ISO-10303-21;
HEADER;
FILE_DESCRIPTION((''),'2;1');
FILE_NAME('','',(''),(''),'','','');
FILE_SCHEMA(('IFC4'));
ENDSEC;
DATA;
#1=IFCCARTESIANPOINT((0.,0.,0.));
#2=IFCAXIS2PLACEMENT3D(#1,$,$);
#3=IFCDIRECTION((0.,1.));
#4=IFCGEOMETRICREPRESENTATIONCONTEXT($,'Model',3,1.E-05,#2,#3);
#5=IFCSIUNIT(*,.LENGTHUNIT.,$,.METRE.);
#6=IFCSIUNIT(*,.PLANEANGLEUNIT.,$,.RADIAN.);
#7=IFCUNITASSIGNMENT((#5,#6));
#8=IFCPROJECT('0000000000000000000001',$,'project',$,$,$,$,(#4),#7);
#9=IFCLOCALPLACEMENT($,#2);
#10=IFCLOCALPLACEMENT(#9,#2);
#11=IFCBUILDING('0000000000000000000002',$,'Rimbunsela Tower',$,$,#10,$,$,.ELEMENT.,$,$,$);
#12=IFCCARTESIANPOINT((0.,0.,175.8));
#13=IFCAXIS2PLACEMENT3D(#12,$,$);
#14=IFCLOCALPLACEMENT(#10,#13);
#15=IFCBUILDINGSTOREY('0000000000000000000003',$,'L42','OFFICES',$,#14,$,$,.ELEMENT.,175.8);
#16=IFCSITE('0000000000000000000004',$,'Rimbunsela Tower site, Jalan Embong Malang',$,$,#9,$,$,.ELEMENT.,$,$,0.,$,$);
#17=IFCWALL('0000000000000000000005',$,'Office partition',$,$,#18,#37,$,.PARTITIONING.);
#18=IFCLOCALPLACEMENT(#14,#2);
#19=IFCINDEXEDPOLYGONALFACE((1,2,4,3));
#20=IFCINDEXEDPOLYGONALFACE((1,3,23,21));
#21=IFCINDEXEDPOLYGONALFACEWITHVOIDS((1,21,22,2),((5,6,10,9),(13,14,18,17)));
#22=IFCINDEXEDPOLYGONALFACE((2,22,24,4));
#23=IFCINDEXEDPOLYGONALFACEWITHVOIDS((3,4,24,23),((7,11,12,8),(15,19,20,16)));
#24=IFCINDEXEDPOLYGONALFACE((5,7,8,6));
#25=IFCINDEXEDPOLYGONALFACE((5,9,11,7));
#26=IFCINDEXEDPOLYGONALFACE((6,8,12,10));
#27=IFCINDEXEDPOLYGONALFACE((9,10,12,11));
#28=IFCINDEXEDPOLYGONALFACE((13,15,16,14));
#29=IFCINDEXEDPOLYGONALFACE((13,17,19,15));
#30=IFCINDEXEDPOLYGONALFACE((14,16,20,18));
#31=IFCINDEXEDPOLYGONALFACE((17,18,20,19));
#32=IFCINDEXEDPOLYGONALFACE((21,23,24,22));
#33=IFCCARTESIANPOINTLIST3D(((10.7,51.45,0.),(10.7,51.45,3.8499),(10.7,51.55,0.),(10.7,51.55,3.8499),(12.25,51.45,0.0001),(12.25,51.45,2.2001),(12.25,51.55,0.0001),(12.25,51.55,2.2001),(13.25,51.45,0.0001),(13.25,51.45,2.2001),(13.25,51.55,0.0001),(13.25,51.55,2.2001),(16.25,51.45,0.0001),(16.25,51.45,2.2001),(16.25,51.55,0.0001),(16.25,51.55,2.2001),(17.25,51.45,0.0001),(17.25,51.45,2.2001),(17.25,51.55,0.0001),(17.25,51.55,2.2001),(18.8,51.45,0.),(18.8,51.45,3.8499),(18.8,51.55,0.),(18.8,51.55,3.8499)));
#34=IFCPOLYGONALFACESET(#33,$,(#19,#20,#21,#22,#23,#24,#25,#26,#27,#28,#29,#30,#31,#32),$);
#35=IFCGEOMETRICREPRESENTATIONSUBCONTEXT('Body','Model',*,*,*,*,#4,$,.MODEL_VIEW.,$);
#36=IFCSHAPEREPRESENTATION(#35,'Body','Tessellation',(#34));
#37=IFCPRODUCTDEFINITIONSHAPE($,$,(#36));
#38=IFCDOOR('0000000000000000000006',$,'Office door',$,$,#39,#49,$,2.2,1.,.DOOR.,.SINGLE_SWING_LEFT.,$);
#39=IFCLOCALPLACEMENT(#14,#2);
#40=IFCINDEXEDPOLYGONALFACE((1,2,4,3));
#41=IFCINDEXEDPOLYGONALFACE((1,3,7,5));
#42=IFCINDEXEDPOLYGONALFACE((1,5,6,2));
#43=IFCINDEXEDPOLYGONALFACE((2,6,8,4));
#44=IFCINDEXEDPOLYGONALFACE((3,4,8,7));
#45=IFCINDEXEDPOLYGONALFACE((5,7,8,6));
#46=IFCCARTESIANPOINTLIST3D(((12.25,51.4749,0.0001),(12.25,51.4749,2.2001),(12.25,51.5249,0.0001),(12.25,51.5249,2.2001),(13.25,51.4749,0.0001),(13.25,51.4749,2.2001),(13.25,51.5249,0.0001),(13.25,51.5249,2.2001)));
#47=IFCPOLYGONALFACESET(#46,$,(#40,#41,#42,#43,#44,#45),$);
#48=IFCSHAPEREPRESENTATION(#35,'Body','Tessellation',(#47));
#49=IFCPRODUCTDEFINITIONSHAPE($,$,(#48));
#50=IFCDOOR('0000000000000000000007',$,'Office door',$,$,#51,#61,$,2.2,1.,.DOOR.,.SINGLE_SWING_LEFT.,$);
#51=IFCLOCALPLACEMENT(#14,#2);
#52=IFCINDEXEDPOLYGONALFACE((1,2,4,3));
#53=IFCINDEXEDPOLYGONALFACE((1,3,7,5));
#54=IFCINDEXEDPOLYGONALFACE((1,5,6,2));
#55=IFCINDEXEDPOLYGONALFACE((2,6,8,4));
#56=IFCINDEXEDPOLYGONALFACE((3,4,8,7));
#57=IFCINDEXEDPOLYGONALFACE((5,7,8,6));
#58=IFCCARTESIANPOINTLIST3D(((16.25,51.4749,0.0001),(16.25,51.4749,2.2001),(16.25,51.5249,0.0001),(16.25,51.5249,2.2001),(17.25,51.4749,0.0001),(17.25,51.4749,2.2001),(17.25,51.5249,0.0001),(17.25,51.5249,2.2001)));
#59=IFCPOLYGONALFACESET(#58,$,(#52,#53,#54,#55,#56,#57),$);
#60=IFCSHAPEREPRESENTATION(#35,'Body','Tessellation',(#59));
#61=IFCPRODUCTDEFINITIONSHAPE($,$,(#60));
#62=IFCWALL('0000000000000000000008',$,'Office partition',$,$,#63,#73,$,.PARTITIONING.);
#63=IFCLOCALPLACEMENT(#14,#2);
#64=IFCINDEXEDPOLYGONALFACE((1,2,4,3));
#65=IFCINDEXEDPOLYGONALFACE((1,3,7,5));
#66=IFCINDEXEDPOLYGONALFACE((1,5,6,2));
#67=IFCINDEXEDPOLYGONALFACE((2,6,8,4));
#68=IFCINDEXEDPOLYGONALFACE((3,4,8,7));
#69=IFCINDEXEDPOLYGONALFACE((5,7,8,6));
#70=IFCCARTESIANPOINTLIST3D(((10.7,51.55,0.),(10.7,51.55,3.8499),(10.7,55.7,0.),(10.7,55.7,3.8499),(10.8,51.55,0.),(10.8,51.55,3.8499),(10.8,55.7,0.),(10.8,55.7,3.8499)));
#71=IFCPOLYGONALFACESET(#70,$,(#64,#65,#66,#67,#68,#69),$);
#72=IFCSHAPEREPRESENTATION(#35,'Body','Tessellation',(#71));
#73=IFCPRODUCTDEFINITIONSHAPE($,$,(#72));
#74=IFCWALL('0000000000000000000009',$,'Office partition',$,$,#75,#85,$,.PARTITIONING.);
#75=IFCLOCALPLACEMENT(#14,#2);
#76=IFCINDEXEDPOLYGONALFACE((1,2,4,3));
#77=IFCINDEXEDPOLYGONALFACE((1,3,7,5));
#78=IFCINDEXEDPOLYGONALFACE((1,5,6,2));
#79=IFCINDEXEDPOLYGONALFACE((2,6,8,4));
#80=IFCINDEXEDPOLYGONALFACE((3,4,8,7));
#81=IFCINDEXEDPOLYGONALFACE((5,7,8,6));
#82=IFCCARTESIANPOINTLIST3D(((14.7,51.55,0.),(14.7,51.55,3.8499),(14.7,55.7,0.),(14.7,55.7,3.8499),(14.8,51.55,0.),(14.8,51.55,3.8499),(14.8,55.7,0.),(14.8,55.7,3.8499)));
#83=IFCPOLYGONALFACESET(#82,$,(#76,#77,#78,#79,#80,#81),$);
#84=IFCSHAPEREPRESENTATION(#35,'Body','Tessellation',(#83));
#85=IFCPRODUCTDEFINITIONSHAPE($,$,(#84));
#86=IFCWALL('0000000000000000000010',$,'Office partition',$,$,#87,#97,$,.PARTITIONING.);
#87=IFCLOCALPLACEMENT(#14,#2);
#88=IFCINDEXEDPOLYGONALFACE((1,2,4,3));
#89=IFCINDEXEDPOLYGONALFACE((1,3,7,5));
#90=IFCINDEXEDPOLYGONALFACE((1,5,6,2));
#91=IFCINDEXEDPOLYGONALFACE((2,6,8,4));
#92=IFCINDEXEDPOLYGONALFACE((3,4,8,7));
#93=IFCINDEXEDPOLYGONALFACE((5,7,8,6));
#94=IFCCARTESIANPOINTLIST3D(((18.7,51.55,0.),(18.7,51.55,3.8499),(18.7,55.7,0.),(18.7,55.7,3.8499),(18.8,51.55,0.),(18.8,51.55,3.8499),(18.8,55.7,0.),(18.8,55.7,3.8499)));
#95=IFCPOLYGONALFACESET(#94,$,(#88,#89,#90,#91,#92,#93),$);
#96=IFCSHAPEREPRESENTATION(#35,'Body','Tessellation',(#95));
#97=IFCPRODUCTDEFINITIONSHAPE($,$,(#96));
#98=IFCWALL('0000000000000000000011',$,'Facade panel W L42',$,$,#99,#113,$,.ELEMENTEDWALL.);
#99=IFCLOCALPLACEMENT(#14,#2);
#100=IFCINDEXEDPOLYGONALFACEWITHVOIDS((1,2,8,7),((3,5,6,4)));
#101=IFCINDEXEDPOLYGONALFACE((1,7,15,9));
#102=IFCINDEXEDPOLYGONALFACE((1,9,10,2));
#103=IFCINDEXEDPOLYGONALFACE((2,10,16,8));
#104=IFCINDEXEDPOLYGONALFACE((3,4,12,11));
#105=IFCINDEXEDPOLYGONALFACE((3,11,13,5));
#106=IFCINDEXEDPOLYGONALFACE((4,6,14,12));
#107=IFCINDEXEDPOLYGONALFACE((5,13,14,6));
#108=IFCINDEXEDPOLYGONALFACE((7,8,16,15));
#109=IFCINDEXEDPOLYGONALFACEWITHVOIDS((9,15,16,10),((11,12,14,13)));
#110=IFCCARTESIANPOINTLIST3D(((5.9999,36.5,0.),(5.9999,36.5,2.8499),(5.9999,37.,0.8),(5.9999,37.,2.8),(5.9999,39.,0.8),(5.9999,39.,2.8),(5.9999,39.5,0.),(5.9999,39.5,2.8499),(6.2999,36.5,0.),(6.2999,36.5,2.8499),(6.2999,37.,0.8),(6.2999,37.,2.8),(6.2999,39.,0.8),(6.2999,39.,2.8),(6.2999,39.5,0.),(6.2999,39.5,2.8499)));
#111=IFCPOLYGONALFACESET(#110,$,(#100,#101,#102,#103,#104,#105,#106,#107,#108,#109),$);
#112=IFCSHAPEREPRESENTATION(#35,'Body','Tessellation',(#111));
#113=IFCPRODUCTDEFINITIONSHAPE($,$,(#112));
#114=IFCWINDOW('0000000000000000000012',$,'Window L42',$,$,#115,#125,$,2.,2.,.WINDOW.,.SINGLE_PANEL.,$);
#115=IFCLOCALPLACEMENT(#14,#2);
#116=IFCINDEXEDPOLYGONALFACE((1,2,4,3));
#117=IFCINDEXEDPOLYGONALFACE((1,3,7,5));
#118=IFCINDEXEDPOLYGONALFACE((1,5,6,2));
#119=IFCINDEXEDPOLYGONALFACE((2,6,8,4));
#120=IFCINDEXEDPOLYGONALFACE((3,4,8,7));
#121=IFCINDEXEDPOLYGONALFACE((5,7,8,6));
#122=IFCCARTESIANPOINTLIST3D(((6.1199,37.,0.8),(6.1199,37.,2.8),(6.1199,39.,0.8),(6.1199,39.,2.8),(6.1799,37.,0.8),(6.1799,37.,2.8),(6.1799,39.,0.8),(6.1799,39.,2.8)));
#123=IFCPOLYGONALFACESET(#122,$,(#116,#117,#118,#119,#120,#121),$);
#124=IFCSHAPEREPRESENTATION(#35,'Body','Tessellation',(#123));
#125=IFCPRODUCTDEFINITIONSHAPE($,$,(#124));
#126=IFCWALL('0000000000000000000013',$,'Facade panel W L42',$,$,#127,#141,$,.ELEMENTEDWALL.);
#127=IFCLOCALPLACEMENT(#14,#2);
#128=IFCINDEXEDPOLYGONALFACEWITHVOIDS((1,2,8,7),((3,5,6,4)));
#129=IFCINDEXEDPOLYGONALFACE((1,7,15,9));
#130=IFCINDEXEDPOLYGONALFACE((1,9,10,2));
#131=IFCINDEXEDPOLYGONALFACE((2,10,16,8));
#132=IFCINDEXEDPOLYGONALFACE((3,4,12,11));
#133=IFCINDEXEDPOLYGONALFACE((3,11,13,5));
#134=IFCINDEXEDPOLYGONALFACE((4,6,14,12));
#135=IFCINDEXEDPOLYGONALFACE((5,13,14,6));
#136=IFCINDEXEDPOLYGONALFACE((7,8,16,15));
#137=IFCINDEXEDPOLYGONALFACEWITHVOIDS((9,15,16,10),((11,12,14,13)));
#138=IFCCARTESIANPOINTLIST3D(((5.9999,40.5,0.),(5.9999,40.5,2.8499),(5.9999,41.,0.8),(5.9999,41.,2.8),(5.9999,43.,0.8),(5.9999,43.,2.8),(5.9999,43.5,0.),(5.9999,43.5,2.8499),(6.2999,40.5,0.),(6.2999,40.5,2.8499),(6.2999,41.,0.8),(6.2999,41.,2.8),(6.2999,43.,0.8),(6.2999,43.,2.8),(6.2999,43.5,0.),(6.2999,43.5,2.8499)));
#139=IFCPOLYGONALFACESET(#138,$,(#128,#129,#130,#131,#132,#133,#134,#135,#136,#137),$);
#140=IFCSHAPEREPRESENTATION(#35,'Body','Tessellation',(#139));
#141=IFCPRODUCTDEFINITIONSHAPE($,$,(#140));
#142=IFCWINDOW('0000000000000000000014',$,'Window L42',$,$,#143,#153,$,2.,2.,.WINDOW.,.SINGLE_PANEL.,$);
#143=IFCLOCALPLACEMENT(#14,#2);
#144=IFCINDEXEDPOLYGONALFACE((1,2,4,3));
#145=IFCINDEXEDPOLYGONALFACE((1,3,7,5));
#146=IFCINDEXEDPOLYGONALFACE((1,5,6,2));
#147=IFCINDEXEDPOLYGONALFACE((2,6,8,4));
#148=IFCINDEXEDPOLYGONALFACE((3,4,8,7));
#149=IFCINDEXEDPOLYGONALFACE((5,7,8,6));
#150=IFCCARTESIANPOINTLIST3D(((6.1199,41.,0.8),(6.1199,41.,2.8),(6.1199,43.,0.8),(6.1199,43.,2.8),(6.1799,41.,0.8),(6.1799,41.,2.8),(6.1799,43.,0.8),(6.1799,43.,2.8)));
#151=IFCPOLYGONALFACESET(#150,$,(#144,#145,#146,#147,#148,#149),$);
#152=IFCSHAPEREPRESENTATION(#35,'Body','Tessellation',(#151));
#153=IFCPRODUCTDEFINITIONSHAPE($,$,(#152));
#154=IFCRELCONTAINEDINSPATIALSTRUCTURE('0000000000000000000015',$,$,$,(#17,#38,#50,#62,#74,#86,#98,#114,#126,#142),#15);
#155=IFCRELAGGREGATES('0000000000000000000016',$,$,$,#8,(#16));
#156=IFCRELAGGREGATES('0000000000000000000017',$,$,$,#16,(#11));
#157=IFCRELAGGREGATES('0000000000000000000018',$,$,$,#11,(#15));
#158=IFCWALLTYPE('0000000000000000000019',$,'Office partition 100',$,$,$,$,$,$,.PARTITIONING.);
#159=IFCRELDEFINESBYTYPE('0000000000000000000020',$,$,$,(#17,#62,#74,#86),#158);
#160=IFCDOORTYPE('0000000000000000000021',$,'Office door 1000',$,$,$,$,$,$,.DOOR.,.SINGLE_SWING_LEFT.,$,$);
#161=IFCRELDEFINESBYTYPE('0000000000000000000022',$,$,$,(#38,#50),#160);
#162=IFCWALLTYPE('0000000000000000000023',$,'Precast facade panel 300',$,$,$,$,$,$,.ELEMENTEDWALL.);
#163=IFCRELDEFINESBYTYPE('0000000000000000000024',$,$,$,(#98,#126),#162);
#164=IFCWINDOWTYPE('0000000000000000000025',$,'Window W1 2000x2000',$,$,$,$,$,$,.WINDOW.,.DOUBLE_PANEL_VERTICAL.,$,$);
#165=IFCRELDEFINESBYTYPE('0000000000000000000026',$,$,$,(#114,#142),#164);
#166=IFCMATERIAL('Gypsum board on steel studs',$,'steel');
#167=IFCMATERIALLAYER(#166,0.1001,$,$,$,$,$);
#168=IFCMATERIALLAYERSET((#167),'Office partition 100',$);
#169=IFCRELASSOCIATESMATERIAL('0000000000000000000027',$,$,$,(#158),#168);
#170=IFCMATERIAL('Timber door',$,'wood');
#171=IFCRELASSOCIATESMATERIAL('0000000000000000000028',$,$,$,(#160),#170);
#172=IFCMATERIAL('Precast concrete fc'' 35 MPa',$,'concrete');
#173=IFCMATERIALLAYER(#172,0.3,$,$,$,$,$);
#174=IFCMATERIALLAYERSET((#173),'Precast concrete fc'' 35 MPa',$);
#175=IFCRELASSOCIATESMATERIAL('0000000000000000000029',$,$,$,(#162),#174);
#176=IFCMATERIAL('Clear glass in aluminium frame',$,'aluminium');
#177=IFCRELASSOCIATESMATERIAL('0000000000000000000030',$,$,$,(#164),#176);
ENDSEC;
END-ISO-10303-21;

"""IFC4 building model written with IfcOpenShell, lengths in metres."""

from ifc_helpers import new_model, si_unit, direction, frame, frame_2d, origin, place, context, subcontext, project, spatial, rectangle, extrude, material, layer, layer_set, type_object, element, fill, save


model = new_model("IFC4")

# Units and contexts
model_context = context("Model", 3, precision=1e-05, world=origin(), true_north=direction((0.0, 1.0)))
body_context = subcontext(model_context, "Body", "Model", "MODEL_VIEW")
ifc_project = project(units=[si_unit("LENGTHUNIT", "METRE"), si_unit("PLANEANGLEUNIT", "RADIAN")], contexts=[model_context])

# Site, building, storey
site_placement = place(None, origin())
site = spatial("IfcSite", under=ifc_project, at=site_placement, Name="Rimbunsela Tower site, Jalan Embong Malang", CompositionType="ELEMENT", RefElevation=0.0)
building_placement = place(site_placement, origin())
building = spatial("IfcBuilding", under=site, at=building_placement, Name="Rimbunsela Tower", CompositionType="ELEMENT")
storey_placement = place(building_placement, frame((0.0, 0.0, 175.8)))
storey = spatial("IfcBuildingStorey", under=building, at=storey_placement, Name="L42", Description="OFFICES", CompositionType="ELEMENT", Elevation=175.8)

# Shared definitions
ifc_material_1 = material(Name="Gypsum board on steel studs", Category="steel")
ifc_layer_1 = layer(ifc_material_1, 0.1001)
ifc_layer_set_1 = layer_set([ifc_layer_1], Name="Office partition 100")
wall_type_1 = type_object("IfcWallType", Name="Office partition 100", PredefinedType="PARTITIONING", material=ifc_layer_set_1)
ifc_material_2 = material(Name="Timber door", Category="wood")
door_type = type_object("IfcDoorType", Name="Office door 1000", OperationType="SINGLE_SWING_LEFT", PredefinedType="DOOR", material=ifc_material_2)

# Wall, openings, doors
wall_1_placement = place(storey_placement, frame((10.7, 51.5, 0.0), z_axis=(0.0, 0.0, 1.0), x_axis=(1.0, 0.0, 0.0)))
wall_1 = element("IfcWall", 1, at=wall_1_placement, inside=storey, type_object=wall_type_1, Name="Office partition", PredefinedType="PARTITIONING", context=body_context, shape_type="SweptSolid", body=[
    extrude(rectangle(XDim=8.1001, YDim=0.1001, at=frame_2d((4.05, 0.0))), origin(), (0.0, 0.0, 1.0), 3.8499),
])
opening_1_placement = place(wall_1_placement, frame((1.55, 0.0, 0.0)))
opening_1 = element("IfcOpeningElement", 2, at=opening_1_placement, cuts=wall_1, PredefinedType="OPENING", context=body_context, shape_type="SweptSolid", body=[
    extrude(rectangle(XDim=1.0, YDim=2.2, at=frame_2d((0.5, 1.1001))), frame((0.0, 0.0601, 0.0), z_axis=(0.0, -1.0, 0.0), x_axis=(1.0, 0.0, 0.0)), (0.0, 0.0, 1.0), 0.1201),
])
opening_2_placement = place(wall_1_placement, frame((5.55, 0.0, 0.0)))
opening_2 = element("IfcOpeningElement", 3, at=opening_2_placement, cuts=wall_1, PredefinedType="OPENING", context=body_context, shape_type="SweptSolid", body=[
    extrude(rectangle(XDim=1.0, YDim=2.2, at=frame_2d((0.5, 1.1001))), frame((0.0, 0.0601, 0.0), z_axis=(0.0, -1.0, 0.0), x_axis=(1.0, 0.0, 0.0)), (0.0, 0.0, 1.0), 0.1201),
])
door_1_placement = place(opening_1_placement, origin())
door_1 = element("IfcDoor", 4, at=door_1_placement, inside=storey, type_object=door_type, Name="Office door", OperationType="SINGLE_SWING_LEFT", OverallHeight=2.2, OverallWidth=1.0, PredefinedType="DOOR", context=body_context, shape_type="SweptSolid", body=[
    extrude(rectangle(XDim=1.0, YDim=2.2, at=frame_2d((0.5, 1.1001))), frame((0.0, 0.0249, 0.0), z_axis=(0.0, -1.0, 0.0), x_axis=(1.0, 0.0, 0.0)), (0.0, 0.0, 1.0), 0.05),
])
fill(opening_1, door_1)
door_2_placement = place(opening_2_placement, origin())
door_2 = element("IfcDoor", 5, at=door_2_placement, inside=storey, type_object=door_type, Name="Office door", OperationType="SINGLE_SWING_LEFT", OverallHeight=2.2, OverallWidth=1.0, PredefinedType="DOOR", context=body_context, shape_type="SweptSolid", body=[
    extrude(rectangle(XDim=1.0, YDim=2.2, at=frame_2d((0.5, 1.1001))), frame((0.0, 0.0249, 0.0), z_axis=(0.0, -1.0, 0.0), x_axis=(1.0, 0.0, 0.0)), (0.0, 0.0, 1.0), 0.05),
])
fill(opening_2, door_2)

# Walls
for number, where, z_axis, x_axis, name in (
    (6, (10.75, 51.55, 0.0), (0.0, 0.0, 1.0), (0.0, 1.0, 0.0), "Office partition"),
    (7, (14.75, 51.55, 0.0), (0.0, 0.0, 1.0), (0.0, 1.0, 0.0), "Office partition"),
    (8, (18.75, 51.55, 0.0), (0.0, 0.0, 1.0), (0.0, 1.0, 0.0), "Office partition"),
):
    element("IfcWall", number, at=place(storey_placement, frame(where, z_axis=z_axis, x_axis=x_axis)), inside=storey, type_object=wall_type_1, Name=name, PredefinedType="PARTITIONING", context=body_context, shape_type="SweptSolid", body=[
        extrude(rectangle(XDim=4.1499, YDim=0.1001, at=frame_2d((2.075, 0.0))), origin(), (0.0, 0.0, 1.0), 3.8499),
    ])

# Walls, openings, windows
ifc_material_3 = material(Name="Precast concrete fc' 35 MPa", Category="concrete")
ifc_layer_2 = layer(ifc_material_3, 0.3)
ifc_layer_set_2 = layer_set([ifc_layer_2], Name="Precast concrete fc' 35 MPa")
wall_type_2 = type_object("IfcWallType", Name="Precast facade panel 300", PredefinedType="ELEMENTEDWALL", material=ifc_layer_set_2)
wall_2_placement = place(storey_placement, frame((6.1499, 39.5, 0.0), z_axis=(0.0, 0.0, 1.0), x_axis=(0.0, -1.0, 0.0)))
wall_2 = element("IfcWall", 9, at=wall_2_placement, inside=storey, type_object=wall_type_2, Name="Facade panel W L42", PredefinedType="ELEMENTEDWALL", context=body_context, shape_type="SweptSolid", body=[
    extrude(rectangle(XDim=3.0, YDim=0.3, at=frame_2d((1.5, 0.0))), origin(), (0.0, 0.0, 1.0), 2.8499),
])
opening_3_placement = place(wall_2_placement, frame((0.5, 0.0, 0.8)))
opening_3 = element("IfcOpeningElement", 10, at=opening_3_placement, cuts=wall_2, PredefinedType="OPENING", context=body_context, shape_type="SweptSolid", body=[
    extrude(rectangle(XDim=2.0, YDim=2.0, at=frame_2d((1.0, 1.0))), frame((0.0, 0.1599, 0.0), z_axis=(0.0, -1.0, 0.0), x_axis=(1.0, 0.0, 0.0)), (0.0, 0.0, 1.0), 0.3201),
])
ifc_material_4 = material(Name="Clear glass in aluminium frame", Category="aluminium")
window_type = type_object("IfcWindowType", Name="Window W1 2000x2000", PartitioningType="DOUBLE_PANEL_VERTICAL", PredefinedType="WINDOW", material=ifc_material_4)
window_1_placement = place(opening_3_placement, origin())
window_1 = element("IfcWindow", 11, at=window_1_placement, inside=storey, type_object=window_type, Name="Window L42", OverallHeight=2.0, OverallWidth=2.0, PartitioningType="SINGLE_PANEL", PredefinedType="WINDOW", context=body_context, shape_type="SweptSolid", body=[
    extrude(rectangle(XDim=2.0, YDim=2.0, at=frame_2d((1.0, 1.0))), frame((0.0, 0.03, 0.0), z_axis=(0.0, -1.0, 0.0), x_axis=(1.0, 0.0, 0.0)), (0.0, 0.0, 1.0), 0.0601),
])
fill(opening_3, window_1)
wall_3_placement = place(storey_placement, frame((6.1499, 43.5, 0.0), z_axis=(0.0, 0.0, 1.0), x_axis=(0.0, -1.0, 0.0)))
wall_3 = element("IfcWall", 12, at=wall_3_placement, inside=storey, type_object=wall_type_2, Name="Facade panel W L42", PredefinedType="ELEMENTEDWALL", context=body_context, shape_type="SweptSolid", body=[
    extrude(rectangle(XDim=3.0, YDim=0.3, at=frame_2d((1.5, 0.0))), origin(), (0.0, 0.0, 1.0), 2.8499),
])
opening_4_placement = place(wall_3_placement, frame((0.5, 0.0, 0.8)))
opening_4 = element("IfcOpeningElement", 13, at=opening_4_placement, cuts=wall_3, PredefinedType="OPENING", context=body_context, shape_type="SweptSolid", body=[
    extrude(rectangle(XDim=2.0, YDim=2.0, at=frame_2d((1.0, 1.0))), frame((0.0, 0.1599, 0.0), z_axis=(0.0, -1.0, 0.0), x_axis=(1.0, 0.0, 0.0)), (0.0, 0.0, 1.0), 0.3201),
])
window_2_placement = place(opening_4_placement, origin())
window_2 = element("IfcWindow", 14, at=window_2_placement, inside=storey, type_object=window_type, Name="Window L42", OverallHeight=2.0, OverallWidth=2.0, PartitioningType="SINGLE_PANEL", PredefinedType="WINDOW", context=body_context, shape_type="SweptSolid", body=[
    extrude(rectangle(XDim=2.0, YDim=2.0, at=frame_2d((1.0, 1.0))), frame((0.0, 0.03, 0.0), z_axis=(0.0, -1.0, 0.0), x_axis=(1.0, 0.0, 0.0)), (0.0, 0.0, 1.0), 0.0601),
])
fill(opening_4, window_2)

save(model, "model.ifc")
